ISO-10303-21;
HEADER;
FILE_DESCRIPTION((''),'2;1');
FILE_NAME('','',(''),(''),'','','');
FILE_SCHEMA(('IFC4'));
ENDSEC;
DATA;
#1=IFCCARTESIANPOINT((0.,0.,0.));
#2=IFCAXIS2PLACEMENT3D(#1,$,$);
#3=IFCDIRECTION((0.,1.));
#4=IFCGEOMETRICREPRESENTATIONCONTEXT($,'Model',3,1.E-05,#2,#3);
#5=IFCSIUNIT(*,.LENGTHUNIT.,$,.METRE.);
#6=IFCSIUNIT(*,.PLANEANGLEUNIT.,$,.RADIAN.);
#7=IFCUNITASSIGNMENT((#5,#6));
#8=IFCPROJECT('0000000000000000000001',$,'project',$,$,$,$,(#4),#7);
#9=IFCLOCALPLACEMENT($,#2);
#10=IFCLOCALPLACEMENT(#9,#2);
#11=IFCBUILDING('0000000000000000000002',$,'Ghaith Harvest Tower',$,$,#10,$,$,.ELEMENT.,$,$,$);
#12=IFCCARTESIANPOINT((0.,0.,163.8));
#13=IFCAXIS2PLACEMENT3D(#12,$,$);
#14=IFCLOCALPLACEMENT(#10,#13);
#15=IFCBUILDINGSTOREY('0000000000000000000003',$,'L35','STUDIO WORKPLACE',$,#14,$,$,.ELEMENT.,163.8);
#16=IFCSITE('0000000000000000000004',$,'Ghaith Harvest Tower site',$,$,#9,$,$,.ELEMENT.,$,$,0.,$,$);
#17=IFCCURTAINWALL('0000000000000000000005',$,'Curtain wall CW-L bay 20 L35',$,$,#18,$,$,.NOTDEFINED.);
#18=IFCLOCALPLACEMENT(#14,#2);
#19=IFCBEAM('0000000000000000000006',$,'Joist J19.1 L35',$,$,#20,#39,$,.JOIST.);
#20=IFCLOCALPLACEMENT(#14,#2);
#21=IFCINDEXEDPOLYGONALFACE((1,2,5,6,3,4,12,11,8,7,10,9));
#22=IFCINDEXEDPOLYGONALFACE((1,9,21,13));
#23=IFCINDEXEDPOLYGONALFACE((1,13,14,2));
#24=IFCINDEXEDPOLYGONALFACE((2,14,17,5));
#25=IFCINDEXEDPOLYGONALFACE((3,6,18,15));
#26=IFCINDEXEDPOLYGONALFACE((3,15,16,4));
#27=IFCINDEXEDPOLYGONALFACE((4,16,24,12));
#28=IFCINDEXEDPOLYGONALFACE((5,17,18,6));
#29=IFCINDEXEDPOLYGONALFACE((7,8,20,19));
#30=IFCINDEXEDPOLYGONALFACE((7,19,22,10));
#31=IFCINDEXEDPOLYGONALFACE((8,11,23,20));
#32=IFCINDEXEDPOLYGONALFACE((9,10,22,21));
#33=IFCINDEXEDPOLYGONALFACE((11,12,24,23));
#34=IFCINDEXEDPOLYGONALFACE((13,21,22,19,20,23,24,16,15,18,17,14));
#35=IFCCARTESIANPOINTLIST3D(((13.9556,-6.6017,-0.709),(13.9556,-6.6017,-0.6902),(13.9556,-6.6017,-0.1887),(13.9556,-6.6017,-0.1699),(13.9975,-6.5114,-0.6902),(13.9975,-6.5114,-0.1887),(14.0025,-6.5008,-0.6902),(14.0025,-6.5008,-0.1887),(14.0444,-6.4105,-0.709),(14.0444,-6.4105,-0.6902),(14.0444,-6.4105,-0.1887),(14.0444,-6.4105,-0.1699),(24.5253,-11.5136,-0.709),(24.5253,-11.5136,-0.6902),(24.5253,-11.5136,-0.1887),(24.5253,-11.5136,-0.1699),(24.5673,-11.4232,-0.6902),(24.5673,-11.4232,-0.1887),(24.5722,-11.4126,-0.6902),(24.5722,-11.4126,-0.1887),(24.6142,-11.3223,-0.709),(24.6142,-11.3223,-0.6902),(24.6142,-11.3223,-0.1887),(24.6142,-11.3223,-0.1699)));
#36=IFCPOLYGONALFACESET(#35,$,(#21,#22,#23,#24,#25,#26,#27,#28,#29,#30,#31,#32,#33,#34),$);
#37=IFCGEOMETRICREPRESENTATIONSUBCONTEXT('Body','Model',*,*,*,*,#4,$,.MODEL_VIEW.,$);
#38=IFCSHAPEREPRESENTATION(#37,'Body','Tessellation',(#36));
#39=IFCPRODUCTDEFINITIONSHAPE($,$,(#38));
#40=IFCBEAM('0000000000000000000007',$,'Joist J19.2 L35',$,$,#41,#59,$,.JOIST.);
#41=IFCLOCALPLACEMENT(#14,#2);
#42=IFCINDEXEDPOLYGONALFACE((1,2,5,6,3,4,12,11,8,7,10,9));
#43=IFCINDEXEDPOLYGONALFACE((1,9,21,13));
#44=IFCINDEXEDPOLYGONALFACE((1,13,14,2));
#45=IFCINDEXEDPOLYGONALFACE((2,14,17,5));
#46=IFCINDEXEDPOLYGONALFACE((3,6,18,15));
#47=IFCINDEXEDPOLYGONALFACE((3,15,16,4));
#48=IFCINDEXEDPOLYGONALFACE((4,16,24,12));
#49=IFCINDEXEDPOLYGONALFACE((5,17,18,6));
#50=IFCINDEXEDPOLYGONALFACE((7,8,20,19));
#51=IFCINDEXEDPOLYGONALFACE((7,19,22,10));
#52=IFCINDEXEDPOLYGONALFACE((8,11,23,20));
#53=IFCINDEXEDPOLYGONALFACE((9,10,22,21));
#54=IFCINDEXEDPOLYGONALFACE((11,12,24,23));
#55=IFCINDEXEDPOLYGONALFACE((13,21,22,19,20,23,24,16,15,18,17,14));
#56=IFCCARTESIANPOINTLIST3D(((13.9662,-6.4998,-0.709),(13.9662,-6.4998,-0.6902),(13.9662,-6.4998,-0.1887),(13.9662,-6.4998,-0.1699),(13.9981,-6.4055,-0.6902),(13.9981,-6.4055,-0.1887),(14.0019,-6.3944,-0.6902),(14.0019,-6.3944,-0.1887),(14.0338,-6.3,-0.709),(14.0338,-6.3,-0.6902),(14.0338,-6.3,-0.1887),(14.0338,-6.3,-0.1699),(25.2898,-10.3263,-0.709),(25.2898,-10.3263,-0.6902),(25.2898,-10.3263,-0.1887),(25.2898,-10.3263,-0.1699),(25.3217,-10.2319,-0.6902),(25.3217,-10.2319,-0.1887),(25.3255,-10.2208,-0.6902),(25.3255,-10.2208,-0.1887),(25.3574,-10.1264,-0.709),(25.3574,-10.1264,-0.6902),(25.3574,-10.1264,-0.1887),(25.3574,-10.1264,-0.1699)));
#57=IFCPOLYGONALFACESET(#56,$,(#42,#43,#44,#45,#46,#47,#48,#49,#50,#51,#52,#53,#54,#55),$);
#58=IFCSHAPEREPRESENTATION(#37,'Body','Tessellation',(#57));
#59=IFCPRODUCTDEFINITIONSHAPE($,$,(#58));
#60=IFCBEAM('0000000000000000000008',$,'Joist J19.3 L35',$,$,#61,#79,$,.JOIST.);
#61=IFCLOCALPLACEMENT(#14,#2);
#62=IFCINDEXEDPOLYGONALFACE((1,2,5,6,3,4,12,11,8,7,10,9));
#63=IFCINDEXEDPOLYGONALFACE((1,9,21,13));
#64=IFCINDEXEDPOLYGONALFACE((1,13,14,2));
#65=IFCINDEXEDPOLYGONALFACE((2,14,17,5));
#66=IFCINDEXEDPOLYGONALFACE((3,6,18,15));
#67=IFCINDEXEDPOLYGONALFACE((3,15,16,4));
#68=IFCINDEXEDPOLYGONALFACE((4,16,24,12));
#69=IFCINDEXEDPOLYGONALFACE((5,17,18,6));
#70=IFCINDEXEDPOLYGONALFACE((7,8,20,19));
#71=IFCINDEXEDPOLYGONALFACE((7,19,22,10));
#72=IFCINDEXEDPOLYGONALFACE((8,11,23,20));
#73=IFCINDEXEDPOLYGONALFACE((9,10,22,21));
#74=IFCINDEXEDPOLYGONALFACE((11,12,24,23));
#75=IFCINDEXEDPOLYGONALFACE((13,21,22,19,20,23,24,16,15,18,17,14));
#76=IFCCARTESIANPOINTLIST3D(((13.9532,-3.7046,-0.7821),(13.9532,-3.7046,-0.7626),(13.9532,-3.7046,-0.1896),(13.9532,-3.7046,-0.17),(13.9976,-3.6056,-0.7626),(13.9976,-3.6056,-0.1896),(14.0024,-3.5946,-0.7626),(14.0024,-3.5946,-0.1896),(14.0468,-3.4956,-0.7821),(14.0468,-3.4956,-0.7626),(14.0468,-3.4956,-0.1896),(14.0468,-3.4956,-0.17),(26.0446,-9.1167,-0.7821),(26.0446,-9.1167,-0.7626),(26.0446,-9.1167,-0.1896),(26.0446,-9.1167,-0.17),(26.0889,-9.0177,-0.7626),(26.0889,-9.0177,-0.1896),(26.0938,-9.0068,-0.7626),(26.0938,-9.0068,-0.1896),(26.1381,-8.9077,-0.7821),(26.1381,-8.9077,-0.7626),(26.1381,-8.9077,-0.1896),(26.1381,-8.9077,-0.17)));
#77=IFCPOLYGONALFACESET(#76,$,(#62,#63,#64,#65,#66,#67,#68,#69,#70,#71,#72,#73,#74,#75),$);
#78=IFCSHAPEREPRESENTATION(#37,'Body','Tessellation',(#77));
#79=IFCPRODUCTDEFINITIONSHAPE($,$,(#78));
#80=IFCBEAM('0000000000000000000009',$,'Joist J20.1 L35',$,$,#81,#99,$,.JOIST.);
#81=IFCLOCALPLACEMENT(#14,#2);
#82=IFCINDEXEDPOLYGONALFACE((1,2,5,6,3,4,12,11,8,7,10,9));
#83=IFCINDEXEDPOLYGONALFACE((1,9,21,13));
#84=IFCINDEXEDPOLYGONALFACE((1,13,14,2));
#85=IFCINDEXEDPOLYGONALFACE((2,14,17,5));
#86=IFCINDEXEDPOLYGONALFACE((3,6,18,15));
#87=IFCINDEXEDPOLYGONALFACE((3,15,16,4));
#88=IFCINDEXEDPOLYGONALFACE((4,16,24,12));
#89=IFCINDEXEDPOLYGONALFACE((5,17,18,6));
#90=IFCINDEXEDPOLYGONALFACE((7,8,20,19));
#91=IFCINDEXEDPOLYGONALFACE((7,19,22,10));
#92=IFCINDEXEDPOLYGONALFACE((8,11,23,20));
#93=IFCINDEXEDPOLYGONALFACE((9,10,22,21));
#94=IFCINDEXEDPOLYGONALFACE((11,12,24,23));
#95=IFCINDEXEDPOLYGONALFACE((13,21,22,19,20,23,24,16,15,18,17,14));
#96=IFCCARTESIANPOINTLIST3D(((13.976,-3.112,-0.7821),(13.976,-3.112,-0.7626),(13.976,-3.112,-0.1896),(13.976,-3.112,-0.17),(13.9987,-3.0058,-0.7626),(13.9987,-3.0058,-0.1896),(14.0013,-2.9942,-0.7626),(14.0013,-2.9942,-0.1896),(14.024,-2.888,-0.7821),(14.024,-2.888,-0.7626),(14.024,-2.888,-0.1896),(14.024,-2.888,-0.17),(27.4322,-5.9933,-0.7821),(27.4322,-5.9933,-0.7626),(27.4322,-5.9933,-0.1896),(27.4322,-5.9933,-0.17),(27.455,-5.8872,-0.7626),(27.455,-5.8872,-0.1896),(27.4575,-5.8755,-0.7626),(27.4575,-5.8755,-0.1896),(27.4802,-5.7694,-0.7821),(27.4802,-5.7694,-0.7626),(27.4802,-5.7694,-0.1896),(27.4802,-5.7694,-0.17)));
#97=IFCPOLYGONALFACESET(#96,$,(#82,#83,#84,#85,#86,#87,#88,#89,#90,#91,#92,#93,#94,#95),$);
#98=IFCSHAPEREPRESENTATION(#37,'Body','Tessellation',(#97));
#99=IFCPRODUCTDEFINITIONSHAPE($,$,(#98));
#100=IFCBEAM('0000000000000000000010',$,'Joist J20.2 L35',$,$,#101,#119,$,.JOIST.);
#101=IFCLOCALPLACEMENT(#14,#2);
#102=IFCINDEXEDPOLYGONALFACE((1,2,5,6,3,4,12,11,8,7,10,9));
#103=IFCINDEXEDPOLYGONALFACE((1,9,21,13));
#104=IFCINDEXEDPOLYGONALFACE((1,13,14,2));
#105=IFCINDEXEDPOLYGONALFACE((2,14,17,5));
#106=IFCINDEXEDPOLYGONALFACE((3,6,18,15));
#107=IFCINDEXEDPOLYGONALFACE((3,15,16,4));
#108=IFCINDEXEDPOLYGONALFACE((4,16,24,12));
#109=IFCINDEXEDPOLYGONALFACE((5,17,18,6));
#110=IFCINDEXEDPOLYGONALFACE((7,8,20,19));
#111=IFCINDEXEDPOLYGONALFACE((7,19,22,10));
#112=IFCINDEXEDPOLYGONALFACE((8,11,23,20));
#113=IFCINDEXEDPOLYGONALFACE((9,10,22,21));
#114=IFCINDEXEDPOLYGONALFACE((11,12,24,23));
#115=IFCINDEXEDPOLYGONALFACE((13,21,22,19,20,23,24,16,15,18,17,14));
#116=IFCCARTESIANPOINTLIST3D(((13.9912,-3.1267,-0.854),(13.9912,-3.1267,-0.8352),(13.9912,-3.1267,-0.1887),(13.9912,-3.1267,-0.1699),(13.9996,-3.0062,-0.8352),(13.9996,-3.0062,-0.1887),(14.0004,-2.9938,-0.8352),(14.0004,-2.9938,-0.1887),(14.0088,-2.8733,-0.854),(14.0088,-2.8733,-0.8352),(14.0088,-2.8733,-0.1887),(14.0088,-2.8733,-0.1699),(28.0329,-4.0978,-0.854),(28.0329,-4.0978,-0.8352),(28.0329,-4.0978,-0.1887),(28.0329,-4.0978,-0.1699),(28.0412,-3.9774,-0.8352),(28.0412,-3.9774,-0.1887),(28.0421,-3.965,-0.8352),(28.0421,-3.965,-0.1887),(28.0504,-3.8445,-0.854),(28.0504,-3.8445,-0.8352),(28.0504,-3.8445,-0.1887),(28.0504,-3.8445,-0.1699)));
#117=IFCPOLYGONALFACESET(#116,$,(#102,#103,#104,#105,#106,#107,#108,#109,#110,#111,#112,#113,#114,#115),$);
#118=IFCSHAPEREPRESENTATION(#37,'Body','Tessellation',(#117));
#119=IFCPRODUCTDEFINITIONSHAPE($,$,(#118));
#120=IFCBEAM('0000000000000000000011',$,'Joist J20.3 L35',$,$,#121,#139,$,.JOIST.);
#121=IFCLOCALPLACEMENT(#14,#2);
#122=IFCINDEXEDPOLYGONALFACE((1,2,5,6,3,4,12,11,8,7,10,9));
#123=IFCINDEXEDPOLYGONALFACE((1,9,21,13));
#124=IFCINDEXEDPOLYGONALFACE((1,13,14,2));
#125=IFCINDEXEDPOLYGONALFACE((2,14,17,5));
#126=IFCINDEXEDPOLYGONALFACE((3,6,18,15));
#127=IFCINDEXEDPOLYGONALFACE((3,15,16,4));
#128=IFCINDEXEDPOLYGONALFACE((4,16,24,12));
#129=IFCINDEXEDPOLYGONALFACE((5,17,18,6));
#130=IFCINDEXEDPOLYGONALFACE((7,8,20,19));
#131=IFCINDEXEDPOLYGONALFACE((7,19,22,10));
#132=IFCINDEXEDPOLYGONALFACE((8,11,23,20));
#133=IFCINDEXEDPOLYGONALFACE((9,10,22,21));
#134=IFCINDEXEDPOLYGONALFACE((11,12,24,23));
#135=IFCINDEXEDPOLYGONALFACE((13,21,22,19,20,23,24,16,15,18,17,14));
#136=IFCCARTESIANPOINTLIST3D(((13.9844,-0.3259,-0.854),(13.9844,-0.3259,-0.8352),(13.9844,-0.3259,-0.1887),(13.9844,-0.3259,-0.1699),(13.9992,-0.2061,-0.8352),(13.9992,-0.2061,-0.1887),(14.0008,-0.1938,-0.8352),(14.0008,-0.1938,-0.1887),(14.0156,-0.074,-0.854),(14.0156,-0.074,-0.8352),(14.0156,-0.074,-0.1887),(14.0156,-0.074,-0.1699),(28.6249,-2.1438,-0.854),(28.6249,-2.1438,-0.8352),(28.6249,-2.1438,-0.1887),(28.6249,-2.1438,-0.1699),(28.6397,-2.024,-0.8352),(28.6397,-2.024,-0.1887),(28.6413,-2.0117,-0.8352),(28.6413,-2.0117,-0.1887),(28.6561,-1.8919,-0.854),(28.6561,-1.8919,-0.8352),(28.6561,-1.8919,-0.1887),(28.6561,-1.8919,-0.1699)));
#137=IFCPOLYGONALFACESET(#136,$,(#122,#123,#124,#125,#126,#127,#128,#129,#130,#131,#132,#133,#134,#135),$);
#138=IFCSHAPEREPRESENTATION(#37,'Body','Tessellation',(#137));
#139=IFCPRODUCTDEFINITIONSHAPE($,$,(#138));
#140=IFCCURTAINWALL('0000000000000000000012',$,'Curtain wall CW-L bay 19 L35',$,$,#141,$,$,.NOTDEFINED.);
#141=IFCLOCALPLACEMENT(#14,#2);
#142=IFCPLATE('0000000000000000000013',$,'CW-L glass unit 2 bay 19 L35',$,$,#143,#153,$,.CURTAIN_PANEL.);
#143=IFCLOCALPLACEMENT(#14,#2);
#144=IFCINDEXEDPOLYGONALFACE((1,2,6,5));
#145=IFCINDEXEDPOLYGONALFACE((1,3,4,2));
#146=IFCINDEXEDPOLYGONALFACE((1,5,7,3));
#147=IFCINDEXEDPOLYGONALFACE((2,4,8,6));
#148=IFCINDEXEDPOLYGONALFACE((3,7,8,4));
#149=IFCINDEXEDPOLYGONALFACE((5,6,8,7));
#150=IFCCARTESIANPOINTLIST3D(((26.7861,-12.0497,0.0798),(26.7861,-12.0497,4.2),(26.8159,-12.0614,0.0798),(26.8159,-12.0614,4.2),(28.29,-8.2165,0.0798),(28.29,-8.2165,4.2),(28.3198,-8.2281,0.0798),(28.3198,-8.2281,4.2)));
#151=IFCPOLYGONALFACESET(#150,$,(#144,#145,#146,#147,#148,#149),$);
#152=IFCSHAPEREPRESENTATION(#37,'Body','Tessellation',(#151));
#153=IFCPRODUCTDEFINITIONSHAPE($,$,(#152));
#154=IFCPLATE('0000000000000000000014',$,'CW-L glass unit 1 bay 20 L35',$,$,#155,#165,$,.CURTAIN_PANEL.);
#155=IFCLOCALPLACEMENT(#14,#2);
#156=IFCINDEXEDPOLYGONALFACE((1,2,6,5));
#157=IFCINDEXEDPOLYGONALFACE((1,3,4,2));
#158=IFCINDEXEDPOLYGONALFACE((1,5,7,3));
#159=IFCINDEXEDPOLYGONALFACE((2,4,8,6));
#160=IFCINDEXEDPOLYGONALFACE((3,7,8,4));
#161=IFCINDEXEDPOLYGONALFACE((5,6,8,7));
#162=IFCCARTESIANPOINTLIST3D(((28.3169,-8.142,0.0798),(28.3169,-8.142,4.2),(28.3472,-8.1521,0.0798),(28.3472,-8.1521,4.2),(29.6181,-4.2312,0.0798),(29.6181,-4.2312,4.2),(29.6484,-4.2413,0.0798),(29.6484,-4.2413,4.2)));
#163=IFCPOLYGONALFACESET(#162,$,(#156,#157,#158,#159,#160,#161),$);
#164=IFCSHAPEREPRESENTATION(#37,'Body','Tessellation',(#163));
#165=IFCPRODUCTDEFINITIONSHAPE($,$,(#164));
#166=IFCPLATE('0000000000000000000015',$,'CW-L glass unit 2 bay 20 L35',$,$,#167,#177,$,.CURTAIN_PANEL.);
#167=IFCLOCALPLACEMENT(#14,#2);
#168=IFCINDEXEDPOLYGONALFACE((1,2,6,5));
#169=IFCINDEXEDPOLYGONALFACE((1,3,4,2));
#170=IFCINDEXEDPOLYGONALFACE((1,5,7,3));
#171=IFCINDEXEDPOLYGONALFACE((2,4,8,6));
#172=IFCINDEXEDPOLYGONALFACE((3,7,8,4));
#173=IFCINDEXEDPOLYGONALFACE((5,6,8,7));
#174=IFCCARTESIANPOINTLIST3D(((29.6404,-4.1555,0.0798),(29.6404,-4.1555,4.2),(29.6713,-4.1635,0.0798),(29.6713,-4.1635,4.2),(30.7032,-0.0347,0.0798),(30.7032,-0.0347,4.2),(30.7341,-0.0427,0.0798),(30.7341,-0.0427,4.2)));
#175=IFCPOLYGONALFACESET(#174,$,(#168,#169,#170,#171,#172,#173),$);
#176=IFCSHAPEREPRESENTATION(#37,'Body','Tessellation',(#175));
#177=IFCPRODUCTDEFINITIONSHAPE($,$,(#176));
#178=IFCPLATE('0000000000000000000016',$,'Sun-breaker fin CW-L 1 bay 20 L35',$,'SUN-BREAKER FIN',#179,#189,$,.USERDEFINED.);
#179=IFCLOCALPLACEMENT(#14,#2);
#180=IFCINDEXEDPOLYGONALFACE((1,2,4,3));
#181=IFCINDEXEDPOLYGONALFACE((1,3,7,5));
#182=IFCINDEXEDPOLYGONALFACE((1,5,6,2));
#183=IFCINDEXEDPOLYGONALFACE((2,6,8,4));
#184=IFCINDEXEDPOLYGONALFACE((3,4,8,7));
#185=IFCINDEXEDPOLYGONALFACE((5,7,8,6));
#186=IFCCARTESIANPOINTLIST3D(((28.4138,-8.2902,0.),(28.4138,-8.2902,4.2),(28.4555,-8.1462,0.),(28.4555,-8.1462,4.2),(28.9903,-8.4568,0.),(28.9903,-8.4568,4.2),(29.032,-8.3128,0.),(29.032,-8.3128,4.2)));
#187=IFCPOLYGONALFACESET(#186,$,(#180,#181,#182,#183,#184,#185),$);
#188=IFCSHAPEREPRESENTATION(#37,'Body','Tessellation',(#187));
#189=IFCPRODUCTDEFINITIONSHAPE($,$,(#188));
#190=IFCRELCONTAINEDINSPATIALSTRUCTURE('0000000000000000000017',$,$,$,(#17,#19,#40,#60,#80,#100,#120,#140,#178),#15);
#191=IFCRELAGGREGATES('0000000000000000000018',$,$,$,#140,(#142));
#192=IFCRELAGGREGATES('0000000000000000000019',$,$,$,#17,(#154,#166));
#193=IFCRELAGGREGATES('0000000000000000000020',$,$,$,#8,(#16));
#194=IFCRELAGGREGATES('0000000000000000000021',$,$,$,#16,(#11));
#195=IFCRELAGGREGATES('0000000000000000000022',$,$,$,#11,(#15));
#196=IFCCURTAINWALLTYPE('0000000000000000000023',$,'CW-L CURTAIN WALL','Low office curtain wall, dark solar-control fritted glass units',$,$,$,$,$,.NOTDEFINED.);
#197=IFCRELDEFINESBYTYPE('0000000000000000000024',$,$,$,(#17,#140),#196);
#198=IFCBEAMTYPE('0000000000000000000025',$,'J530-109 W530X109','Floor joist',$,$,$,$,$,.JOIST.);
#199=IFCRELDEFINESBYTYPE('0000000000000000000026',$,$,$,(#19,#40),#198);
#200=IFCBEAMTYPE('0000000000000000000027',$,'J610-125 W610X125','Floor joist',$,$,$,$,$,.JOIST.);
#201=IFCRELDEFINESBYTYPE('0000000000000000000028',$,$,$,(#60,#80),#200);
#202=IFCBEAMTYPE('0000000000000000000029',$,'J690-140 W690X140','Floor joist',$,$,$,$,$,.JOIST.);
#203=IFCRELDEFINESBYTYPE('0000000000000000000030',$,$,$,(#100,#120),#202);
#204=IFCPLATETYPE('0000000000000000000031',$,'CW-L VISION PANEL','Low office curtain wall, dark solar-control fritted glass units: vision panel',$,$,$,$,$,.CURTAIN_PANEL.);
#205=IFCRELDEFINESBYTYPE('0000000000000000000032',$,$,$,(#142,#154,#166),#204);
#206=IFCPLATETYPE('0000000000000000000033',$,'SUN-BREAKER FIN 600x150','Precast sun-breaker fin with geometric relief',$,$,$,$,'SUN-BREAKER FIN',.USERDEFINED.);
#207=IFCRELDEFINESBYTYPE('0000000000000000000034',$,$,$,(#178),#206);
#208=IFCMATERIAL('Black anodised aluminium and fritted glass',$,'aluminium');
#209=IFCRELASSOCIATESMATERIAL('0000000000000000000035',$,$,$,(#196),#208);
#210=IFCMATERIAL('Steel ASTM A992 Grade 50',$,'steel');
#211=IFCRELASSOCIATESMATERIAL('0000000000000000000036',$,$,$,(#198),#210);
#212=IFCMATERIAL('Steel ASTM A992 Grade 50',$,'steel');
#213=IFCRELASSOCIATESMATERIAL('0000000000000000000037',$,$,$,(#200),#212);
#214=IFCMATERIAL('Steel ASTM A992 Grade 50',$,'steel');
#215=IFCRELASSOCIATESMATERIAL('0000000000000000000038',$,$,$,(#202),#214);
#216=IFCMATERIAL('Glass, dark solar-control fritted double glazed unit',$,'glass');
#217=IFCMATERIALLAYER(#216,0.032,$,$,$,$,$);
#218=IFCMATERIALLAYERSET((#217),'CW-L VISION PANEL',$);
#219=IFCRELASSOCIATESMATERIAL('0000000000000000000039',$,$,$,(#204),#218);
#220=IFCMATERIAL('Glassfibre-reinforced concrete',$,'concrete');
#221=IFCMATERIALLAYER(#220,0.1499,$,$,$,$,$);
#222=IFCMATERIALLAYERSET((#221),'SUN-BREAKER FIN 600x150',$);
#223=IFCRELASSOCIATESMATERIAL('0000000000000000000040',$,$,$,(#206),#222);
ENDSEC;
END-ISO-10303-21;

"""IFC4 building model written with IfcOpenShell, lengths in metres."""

from ifc_helpers import new_model, si_unit, direction, frame, origin, origin_2d, place, context, subcontext, project, spatial, rectangle, i_section, extrude, material, layer, layer_set, material_profile, profile_set, type_object, element, aggregate, save


model = new_model("IFC4")

# Units and contexts
model_context = context("Model", 3, precision=1e-05, world=origin(), true_north=direction((0.0, 1.0)))
body_context = subcontext(model_context, "Body", "Model", "MODEL_VIEW")
ifc_project = project(units=[si_unit("LENGTHUNIT", "METRE"), si_unit("PLANEANGLEUNIT", "RADIAN")], contexts=[model_context])

# Site, building, storey
site_placement = place(None, origin())
site = spatial("IfcSite", under=ifc_project, at=site_placement, Name="Ghaith Harvest Tower site", CompositionType="ELEMENT", RefElevation=0.0)
building_placement = place(site_placement, origin())
building = spatial("IfcBuilding", under=site, at=building_placement, Name="Ghaith Harvest Tower", CompositionType="ELEMENT")
storey_placement = place(building_placement, frame((0.0, 0.0, 163.8)))
storey = spatial("IfcBuildingStorey", under=building, at=storey_placement, Name="L35", Description="STUDIO WORKPLACE", CompositionType="ELEMENT", Elevation=163.8)

# Curtain wall
ifc_material_1 = material(Name="Black anodised aluminium and fritted glass", Category="aluminium")
curtain_wall_type = type_object("IfcCurtainWallType", Name="CW-L CURTAIN WALL", Description="Low office curtain wall, dark solar-control fritted glass units", PredefinedType="NOTDEFINED", material=ifc_material_1)
curtain_wall_1_placement = place(storey_placement, origin())
curtain_wall_1 = element("IfcCurtainWall", 1, at=curtain_wall_1_placement, inside=storey, type_object=curtain_wall_type, Name="Curtain wall CW-L bay 20 L35", PredefinedType="NOTDEFINED")

# Beams
ifc_material_2 = material(Name="Steel ASTM A992 Grade 50", Category="steel")
ifc_material_profile_1 = material_profile(ifc_material_2, i_section(OverallWidth=0.2109, OverallDepth=0.5391, WebThickness=0.0117, FlangeThickness=0.0188, at=origin_2d()), Name="W530X109")
ifc_profile_set_1 = profile_set([ifc_material_profile_1], Name="Steel ASTM A992 Grade 50")
beam_type_1 = type_object("IfcBeamType", Name="J530-109 W530X109", Description="Floor joist", PredefinedType="JOIST", material=ifc_profile_set_1)
beam_1_placement = place(storey_placement, frame((14.0, -6.5061, -0.4395), z_axis=(0.906863, -0.421425, 0.0), x_axis=(0.421425, 0.906863, 0.0)))
element("IfcBeam", 2, at=beam_1_placement, inside=storey, type_object=beam_type_1, Name="Joist J19.1 L35", PredefinedType="JOIST", context=body_context, shape_type="SweptSolid", body=[
    extrude(i_section(OverallWidth=0.2109, OverallDepth=0.5391, WebThickness=0.0117, FlangeThickness=0.0188, at=origin_2d()), origin(), (0.0, 0.0, 1.0), 11.6553),
])
beam_2_placement = place(storey_placement, frame((14.0, -6.3999, -0.4395), z_axis=(0.947372, -0.320135, 0.0), x_axis=(0.320135, 0.947372, 0.0)))
element("IfcBeam", 3, at=beam_2_placement, inside=storey, type_object=beam_type_1, Name="Joist J19.2 L35", PredefinedType="JOIST", context=body_context, shape_type="SweptSolid", body=[
    extrude(i_section(OverallWidth=0.2109, OverallDepth=0.5391, WebThickness=0.0117, FlangeThickness=0.0188, at=origin_2d()), origin(), (0.0, 0.0, 1.0), 11.9526),
])
ifc_material_3 = material(Name="Steel ASTM A992 Grade 50", Category="steel")
ifc_material_profile_2 = material_profile(ifc_material_3, i_section(OverallWidth=0.229, OverallDepth=0.6121, WebThickness=0.012, FlangeThickness=0.0195, at=origin_2d()), Name="W610X125")
ifc_profile_set_2 = profile_set([ifc_material_profile_2], Name="Steel ASTM A992 Grade 50")
beam_type_2 = type_object("IfcBeamType", Name="J610-125 W610X125", Description="Floor joist", PredefinedType="JOIST", material=ifc_profile_set_2)
beam_3_placement = place(storey_placement, frame((14.0, -3.6001, -0.4761), z_axis=(0.912738, -0.408545, 0.0), x_axis=(0.408545, 0.912738, 0.0)))
element("IfcBeam", 4, at=beam_3_placement, inside=storey, type_object=beam_type_2, Name="Joist J19.3 L35", PredefinedType="JOIST", context=body_context, shape_type="SweptSolid", body=[
    extrude(i_section(OverallWidth=0.229, OverallDepth=0.6121, WebThickness=0.012, FlangeThickness=0.0195, at=origin_2d()), origin(), (0.0, 0.0, 1.0), 13.2473),
])
beam_4_placement = place(storey_placement, frame((14.0, -3.0, -0.4761), z_axis=(0.977834, -0.20938, 0.0), x_axis=(0.20938, 0.977834, 0.0)))
element("IfcBeam", 5, at=beam_4_placement, inside=storey, type_object=beam_type_2, Name="Joist J20.1 L35", PredefinedType="JOIST", context=body_context, shape_type="SweptSolid", body=[
    extrude(i_section(OverallWidth=0.229, OverallDepth=0.6121, WebThickness=0.012, FlangeThickness=0.0195, at=origin_2d()), origin(), (0.0, 0.0, 1.0), 13.7612),
])
ifc_material_4 = material(Name="Steel ASTM A992 Grade 50", Category="steel")
ifc_material_profile_3 = material_profile(ifc_material_4, i_section(OverallWidth=0.2539, OverallDepth=0.6841, WebThickness=0.0125, FlangeThickness=0.0188, at=origin_2d()), Name="W690X140")
ifc_profile_set_3 = profile_set([ifc_material_profile_3], Name="Steel ASTM A992 Grade 50")
beam_type_3 = type_object("IfcBeamType", Name="J690-140 W690X140", Description="Floor joist", PredefinedType="JOIST", material=ifc_profile_set_3)
beam_5_placement = place(storey_placement, frame((14.0, -3.0, -0.512), z_axis=(0.997617, -0.069, 0.0), x_axis=(0.069, 0.997617, 0.0)))
element("IfcBeam", 6, at=beam_5_placement, inside=storey, type_object=beam_type_3, Name="Joist J20.2 L35", PredefinedType="JOIST", context=body_context, shape_type="SweptSolid", body=[
    extrude(i_section(OverallWidth=0.2539, OverallDepth=0.6841, WebThickness=0.0125, FlangeThickness=0.0188, at=origin_2d()), origin(), (0.0, 0.0, 1.0), 14.0752),
])
beam_6_placement = place(storey_placement, frame((14.0, -0.2, -0.512), z_axis=(0.992379, -0.123222, 0.0), x_axis=(0.123222, 0.992379, 0.0)))
element("IfcBeam", 7, at=beam_6_placement, inside=storey, type_object=beam_type_3, Name="Joist J20.3 L35", PredefinedType="JOIST", context=body_context, shape_type="SweptSolid", body=[
    extrude(i_section(OverallWidth=0.2539, OverallDepth=0.6841, WebThickness=0.0125, FlangeThickness=0.0188, at=origin_2d()), origin(), (0.0, 0.0, 1.0), 14.7529),
])

# Curtain wall, plate
curtain_wall_2_placement = place(storey_placement, origin())
curtain_wall_2 = element("IfcCurtainWall", 8, at=curtain_wall_2_placement, inside=storey, type_object=curtain_wall_type, Name="Curtain wall CW-L bay 19 L35", PredefinedType="NOTDEFINED")
ifc_material_5 = material(Name="Glass, dark solar-control fritted double glazed unit", Category="glass")
ifc_layer_1 = layer(ifc_material_5, 0.032)
ifc_layer_set_1 = layer_set([ifc_layer_1], Name="CW-L VISION PANEL")
plate_type_1 = type_object("IfcPlateType", Name="CW-L VISION PANEL", Description="Low office curtain wall, dark solar-control fritted glass units: vision panel", PredefinedType="CURTAIN_PANEL", material=ifc_layer_set_1)
plate_1_placement = place(storey_placement, frame((27.553, -10.1389, 0.0798), z_axis=(0.0, 0.0, 1.0), x_axis=(0.365226, 0.930919, 0.0)))
plate_1 = element("IfcPlate", 9, at=plate_1_placement, type_object=plate_type_1, Name="CW-L glass unit 2 bay 19 L35", PredefinedType="CURTAIN_PANEL", context=body_context, shape_type="SweptSolid", body=[
    extrude(rectangle(XDim=4.1177, YDim=0.032, at=origin_2d()), origin(), (0.0, 0.0, 1.0), 4.1201),
])
aggregate(curtain_wall_2, [plate_1])

# Plates
plate_2_placement = place(storey_placement, frame((28.9827, -6.1917, 0.0798), z_axis=(0.0, 0.0, 1.0), x_axis=(0.315708, 0.948856, 0.0)))
plate_2 = element("IfcPlate", 10, at=plate_2_placement, type_object=plate_type_1, Name="CW-L glass unit 1 bay 20 L35", PredefinedType="CURTAIN_PANEL", context=body_context, shape_type="SweptSolid", body=[
    extrude(rectangle(XDim=4.1216, YDim=0.032, at=origin_2d()), origin(), (0.0, 0.0, 1.0), 4.1201),
])
plate_3_placement = place(storey_placement, frame((30.1873, -2.0991, 0.0798), z_axis=(0.0, 0.0, 1.0), x_axis=(0.249744, 0.968312, 0.0)))
plate_3 = element("IfcPlate", 11, at=plate_3_placement, type_object=plate_type_1, Name="CW-L glass unit 2 bay 20 L35", PredefinedType="CURTAIN_PANEL", context=body_context, shape_type="SweptSolid", body=[
    extrude(rectangle(XDim=4.2556, YDim=0.032, at=origin_2d()), origin(), (0.0, 0.0, 1.0), 4.1201),
])
aggregate(curtain_wall_1, [plate_2, plate_3])
ifc_material_6 = material(Name="Glassfibre-reinforced concrete", Category="concrete")
ifc_layer_2 = layer(ifc_material_6, 0.1499)
ifc_layer_set_2 = layer_set([ifc_layer_2], Name="SUN-BREAKER FIN 600x150")
plate_type_2 = type_object("IfcPlateType", Name="SUN-BREAKER FIN 600x150", Description="Precast sun-breaker fin with geometric relief", ElementType="SUN-BREAKER FIN", PredefinedType="USERDEFINED", material=ifc_layer_set_2)
plate_4_placement = place(storey_placement, frame((28.7229, -8.3015, 0.0), z_axis=(0.0, 0.0, 1.0), x_axis=(0.96068, -0.277657, 0.0)))
element("IfcPlate", 12, at=plate_4_placement, inside=storey, type_object=plate_type_2, Name="Sun-breaker fin CW-L 1 bay 20 L35", ObjectType="SUN-BREAKER FIN", PredefinedType="USERDEFINED", context=body_context, shape_type="SweptSolid", body=[
    extrude(rectangle(XDim=0.6001, YDim=0.1499, at=origin_2d()), origin(), (0.0, 0.0, 1.0), 4.2),
])

save(model, "model.ifc")
